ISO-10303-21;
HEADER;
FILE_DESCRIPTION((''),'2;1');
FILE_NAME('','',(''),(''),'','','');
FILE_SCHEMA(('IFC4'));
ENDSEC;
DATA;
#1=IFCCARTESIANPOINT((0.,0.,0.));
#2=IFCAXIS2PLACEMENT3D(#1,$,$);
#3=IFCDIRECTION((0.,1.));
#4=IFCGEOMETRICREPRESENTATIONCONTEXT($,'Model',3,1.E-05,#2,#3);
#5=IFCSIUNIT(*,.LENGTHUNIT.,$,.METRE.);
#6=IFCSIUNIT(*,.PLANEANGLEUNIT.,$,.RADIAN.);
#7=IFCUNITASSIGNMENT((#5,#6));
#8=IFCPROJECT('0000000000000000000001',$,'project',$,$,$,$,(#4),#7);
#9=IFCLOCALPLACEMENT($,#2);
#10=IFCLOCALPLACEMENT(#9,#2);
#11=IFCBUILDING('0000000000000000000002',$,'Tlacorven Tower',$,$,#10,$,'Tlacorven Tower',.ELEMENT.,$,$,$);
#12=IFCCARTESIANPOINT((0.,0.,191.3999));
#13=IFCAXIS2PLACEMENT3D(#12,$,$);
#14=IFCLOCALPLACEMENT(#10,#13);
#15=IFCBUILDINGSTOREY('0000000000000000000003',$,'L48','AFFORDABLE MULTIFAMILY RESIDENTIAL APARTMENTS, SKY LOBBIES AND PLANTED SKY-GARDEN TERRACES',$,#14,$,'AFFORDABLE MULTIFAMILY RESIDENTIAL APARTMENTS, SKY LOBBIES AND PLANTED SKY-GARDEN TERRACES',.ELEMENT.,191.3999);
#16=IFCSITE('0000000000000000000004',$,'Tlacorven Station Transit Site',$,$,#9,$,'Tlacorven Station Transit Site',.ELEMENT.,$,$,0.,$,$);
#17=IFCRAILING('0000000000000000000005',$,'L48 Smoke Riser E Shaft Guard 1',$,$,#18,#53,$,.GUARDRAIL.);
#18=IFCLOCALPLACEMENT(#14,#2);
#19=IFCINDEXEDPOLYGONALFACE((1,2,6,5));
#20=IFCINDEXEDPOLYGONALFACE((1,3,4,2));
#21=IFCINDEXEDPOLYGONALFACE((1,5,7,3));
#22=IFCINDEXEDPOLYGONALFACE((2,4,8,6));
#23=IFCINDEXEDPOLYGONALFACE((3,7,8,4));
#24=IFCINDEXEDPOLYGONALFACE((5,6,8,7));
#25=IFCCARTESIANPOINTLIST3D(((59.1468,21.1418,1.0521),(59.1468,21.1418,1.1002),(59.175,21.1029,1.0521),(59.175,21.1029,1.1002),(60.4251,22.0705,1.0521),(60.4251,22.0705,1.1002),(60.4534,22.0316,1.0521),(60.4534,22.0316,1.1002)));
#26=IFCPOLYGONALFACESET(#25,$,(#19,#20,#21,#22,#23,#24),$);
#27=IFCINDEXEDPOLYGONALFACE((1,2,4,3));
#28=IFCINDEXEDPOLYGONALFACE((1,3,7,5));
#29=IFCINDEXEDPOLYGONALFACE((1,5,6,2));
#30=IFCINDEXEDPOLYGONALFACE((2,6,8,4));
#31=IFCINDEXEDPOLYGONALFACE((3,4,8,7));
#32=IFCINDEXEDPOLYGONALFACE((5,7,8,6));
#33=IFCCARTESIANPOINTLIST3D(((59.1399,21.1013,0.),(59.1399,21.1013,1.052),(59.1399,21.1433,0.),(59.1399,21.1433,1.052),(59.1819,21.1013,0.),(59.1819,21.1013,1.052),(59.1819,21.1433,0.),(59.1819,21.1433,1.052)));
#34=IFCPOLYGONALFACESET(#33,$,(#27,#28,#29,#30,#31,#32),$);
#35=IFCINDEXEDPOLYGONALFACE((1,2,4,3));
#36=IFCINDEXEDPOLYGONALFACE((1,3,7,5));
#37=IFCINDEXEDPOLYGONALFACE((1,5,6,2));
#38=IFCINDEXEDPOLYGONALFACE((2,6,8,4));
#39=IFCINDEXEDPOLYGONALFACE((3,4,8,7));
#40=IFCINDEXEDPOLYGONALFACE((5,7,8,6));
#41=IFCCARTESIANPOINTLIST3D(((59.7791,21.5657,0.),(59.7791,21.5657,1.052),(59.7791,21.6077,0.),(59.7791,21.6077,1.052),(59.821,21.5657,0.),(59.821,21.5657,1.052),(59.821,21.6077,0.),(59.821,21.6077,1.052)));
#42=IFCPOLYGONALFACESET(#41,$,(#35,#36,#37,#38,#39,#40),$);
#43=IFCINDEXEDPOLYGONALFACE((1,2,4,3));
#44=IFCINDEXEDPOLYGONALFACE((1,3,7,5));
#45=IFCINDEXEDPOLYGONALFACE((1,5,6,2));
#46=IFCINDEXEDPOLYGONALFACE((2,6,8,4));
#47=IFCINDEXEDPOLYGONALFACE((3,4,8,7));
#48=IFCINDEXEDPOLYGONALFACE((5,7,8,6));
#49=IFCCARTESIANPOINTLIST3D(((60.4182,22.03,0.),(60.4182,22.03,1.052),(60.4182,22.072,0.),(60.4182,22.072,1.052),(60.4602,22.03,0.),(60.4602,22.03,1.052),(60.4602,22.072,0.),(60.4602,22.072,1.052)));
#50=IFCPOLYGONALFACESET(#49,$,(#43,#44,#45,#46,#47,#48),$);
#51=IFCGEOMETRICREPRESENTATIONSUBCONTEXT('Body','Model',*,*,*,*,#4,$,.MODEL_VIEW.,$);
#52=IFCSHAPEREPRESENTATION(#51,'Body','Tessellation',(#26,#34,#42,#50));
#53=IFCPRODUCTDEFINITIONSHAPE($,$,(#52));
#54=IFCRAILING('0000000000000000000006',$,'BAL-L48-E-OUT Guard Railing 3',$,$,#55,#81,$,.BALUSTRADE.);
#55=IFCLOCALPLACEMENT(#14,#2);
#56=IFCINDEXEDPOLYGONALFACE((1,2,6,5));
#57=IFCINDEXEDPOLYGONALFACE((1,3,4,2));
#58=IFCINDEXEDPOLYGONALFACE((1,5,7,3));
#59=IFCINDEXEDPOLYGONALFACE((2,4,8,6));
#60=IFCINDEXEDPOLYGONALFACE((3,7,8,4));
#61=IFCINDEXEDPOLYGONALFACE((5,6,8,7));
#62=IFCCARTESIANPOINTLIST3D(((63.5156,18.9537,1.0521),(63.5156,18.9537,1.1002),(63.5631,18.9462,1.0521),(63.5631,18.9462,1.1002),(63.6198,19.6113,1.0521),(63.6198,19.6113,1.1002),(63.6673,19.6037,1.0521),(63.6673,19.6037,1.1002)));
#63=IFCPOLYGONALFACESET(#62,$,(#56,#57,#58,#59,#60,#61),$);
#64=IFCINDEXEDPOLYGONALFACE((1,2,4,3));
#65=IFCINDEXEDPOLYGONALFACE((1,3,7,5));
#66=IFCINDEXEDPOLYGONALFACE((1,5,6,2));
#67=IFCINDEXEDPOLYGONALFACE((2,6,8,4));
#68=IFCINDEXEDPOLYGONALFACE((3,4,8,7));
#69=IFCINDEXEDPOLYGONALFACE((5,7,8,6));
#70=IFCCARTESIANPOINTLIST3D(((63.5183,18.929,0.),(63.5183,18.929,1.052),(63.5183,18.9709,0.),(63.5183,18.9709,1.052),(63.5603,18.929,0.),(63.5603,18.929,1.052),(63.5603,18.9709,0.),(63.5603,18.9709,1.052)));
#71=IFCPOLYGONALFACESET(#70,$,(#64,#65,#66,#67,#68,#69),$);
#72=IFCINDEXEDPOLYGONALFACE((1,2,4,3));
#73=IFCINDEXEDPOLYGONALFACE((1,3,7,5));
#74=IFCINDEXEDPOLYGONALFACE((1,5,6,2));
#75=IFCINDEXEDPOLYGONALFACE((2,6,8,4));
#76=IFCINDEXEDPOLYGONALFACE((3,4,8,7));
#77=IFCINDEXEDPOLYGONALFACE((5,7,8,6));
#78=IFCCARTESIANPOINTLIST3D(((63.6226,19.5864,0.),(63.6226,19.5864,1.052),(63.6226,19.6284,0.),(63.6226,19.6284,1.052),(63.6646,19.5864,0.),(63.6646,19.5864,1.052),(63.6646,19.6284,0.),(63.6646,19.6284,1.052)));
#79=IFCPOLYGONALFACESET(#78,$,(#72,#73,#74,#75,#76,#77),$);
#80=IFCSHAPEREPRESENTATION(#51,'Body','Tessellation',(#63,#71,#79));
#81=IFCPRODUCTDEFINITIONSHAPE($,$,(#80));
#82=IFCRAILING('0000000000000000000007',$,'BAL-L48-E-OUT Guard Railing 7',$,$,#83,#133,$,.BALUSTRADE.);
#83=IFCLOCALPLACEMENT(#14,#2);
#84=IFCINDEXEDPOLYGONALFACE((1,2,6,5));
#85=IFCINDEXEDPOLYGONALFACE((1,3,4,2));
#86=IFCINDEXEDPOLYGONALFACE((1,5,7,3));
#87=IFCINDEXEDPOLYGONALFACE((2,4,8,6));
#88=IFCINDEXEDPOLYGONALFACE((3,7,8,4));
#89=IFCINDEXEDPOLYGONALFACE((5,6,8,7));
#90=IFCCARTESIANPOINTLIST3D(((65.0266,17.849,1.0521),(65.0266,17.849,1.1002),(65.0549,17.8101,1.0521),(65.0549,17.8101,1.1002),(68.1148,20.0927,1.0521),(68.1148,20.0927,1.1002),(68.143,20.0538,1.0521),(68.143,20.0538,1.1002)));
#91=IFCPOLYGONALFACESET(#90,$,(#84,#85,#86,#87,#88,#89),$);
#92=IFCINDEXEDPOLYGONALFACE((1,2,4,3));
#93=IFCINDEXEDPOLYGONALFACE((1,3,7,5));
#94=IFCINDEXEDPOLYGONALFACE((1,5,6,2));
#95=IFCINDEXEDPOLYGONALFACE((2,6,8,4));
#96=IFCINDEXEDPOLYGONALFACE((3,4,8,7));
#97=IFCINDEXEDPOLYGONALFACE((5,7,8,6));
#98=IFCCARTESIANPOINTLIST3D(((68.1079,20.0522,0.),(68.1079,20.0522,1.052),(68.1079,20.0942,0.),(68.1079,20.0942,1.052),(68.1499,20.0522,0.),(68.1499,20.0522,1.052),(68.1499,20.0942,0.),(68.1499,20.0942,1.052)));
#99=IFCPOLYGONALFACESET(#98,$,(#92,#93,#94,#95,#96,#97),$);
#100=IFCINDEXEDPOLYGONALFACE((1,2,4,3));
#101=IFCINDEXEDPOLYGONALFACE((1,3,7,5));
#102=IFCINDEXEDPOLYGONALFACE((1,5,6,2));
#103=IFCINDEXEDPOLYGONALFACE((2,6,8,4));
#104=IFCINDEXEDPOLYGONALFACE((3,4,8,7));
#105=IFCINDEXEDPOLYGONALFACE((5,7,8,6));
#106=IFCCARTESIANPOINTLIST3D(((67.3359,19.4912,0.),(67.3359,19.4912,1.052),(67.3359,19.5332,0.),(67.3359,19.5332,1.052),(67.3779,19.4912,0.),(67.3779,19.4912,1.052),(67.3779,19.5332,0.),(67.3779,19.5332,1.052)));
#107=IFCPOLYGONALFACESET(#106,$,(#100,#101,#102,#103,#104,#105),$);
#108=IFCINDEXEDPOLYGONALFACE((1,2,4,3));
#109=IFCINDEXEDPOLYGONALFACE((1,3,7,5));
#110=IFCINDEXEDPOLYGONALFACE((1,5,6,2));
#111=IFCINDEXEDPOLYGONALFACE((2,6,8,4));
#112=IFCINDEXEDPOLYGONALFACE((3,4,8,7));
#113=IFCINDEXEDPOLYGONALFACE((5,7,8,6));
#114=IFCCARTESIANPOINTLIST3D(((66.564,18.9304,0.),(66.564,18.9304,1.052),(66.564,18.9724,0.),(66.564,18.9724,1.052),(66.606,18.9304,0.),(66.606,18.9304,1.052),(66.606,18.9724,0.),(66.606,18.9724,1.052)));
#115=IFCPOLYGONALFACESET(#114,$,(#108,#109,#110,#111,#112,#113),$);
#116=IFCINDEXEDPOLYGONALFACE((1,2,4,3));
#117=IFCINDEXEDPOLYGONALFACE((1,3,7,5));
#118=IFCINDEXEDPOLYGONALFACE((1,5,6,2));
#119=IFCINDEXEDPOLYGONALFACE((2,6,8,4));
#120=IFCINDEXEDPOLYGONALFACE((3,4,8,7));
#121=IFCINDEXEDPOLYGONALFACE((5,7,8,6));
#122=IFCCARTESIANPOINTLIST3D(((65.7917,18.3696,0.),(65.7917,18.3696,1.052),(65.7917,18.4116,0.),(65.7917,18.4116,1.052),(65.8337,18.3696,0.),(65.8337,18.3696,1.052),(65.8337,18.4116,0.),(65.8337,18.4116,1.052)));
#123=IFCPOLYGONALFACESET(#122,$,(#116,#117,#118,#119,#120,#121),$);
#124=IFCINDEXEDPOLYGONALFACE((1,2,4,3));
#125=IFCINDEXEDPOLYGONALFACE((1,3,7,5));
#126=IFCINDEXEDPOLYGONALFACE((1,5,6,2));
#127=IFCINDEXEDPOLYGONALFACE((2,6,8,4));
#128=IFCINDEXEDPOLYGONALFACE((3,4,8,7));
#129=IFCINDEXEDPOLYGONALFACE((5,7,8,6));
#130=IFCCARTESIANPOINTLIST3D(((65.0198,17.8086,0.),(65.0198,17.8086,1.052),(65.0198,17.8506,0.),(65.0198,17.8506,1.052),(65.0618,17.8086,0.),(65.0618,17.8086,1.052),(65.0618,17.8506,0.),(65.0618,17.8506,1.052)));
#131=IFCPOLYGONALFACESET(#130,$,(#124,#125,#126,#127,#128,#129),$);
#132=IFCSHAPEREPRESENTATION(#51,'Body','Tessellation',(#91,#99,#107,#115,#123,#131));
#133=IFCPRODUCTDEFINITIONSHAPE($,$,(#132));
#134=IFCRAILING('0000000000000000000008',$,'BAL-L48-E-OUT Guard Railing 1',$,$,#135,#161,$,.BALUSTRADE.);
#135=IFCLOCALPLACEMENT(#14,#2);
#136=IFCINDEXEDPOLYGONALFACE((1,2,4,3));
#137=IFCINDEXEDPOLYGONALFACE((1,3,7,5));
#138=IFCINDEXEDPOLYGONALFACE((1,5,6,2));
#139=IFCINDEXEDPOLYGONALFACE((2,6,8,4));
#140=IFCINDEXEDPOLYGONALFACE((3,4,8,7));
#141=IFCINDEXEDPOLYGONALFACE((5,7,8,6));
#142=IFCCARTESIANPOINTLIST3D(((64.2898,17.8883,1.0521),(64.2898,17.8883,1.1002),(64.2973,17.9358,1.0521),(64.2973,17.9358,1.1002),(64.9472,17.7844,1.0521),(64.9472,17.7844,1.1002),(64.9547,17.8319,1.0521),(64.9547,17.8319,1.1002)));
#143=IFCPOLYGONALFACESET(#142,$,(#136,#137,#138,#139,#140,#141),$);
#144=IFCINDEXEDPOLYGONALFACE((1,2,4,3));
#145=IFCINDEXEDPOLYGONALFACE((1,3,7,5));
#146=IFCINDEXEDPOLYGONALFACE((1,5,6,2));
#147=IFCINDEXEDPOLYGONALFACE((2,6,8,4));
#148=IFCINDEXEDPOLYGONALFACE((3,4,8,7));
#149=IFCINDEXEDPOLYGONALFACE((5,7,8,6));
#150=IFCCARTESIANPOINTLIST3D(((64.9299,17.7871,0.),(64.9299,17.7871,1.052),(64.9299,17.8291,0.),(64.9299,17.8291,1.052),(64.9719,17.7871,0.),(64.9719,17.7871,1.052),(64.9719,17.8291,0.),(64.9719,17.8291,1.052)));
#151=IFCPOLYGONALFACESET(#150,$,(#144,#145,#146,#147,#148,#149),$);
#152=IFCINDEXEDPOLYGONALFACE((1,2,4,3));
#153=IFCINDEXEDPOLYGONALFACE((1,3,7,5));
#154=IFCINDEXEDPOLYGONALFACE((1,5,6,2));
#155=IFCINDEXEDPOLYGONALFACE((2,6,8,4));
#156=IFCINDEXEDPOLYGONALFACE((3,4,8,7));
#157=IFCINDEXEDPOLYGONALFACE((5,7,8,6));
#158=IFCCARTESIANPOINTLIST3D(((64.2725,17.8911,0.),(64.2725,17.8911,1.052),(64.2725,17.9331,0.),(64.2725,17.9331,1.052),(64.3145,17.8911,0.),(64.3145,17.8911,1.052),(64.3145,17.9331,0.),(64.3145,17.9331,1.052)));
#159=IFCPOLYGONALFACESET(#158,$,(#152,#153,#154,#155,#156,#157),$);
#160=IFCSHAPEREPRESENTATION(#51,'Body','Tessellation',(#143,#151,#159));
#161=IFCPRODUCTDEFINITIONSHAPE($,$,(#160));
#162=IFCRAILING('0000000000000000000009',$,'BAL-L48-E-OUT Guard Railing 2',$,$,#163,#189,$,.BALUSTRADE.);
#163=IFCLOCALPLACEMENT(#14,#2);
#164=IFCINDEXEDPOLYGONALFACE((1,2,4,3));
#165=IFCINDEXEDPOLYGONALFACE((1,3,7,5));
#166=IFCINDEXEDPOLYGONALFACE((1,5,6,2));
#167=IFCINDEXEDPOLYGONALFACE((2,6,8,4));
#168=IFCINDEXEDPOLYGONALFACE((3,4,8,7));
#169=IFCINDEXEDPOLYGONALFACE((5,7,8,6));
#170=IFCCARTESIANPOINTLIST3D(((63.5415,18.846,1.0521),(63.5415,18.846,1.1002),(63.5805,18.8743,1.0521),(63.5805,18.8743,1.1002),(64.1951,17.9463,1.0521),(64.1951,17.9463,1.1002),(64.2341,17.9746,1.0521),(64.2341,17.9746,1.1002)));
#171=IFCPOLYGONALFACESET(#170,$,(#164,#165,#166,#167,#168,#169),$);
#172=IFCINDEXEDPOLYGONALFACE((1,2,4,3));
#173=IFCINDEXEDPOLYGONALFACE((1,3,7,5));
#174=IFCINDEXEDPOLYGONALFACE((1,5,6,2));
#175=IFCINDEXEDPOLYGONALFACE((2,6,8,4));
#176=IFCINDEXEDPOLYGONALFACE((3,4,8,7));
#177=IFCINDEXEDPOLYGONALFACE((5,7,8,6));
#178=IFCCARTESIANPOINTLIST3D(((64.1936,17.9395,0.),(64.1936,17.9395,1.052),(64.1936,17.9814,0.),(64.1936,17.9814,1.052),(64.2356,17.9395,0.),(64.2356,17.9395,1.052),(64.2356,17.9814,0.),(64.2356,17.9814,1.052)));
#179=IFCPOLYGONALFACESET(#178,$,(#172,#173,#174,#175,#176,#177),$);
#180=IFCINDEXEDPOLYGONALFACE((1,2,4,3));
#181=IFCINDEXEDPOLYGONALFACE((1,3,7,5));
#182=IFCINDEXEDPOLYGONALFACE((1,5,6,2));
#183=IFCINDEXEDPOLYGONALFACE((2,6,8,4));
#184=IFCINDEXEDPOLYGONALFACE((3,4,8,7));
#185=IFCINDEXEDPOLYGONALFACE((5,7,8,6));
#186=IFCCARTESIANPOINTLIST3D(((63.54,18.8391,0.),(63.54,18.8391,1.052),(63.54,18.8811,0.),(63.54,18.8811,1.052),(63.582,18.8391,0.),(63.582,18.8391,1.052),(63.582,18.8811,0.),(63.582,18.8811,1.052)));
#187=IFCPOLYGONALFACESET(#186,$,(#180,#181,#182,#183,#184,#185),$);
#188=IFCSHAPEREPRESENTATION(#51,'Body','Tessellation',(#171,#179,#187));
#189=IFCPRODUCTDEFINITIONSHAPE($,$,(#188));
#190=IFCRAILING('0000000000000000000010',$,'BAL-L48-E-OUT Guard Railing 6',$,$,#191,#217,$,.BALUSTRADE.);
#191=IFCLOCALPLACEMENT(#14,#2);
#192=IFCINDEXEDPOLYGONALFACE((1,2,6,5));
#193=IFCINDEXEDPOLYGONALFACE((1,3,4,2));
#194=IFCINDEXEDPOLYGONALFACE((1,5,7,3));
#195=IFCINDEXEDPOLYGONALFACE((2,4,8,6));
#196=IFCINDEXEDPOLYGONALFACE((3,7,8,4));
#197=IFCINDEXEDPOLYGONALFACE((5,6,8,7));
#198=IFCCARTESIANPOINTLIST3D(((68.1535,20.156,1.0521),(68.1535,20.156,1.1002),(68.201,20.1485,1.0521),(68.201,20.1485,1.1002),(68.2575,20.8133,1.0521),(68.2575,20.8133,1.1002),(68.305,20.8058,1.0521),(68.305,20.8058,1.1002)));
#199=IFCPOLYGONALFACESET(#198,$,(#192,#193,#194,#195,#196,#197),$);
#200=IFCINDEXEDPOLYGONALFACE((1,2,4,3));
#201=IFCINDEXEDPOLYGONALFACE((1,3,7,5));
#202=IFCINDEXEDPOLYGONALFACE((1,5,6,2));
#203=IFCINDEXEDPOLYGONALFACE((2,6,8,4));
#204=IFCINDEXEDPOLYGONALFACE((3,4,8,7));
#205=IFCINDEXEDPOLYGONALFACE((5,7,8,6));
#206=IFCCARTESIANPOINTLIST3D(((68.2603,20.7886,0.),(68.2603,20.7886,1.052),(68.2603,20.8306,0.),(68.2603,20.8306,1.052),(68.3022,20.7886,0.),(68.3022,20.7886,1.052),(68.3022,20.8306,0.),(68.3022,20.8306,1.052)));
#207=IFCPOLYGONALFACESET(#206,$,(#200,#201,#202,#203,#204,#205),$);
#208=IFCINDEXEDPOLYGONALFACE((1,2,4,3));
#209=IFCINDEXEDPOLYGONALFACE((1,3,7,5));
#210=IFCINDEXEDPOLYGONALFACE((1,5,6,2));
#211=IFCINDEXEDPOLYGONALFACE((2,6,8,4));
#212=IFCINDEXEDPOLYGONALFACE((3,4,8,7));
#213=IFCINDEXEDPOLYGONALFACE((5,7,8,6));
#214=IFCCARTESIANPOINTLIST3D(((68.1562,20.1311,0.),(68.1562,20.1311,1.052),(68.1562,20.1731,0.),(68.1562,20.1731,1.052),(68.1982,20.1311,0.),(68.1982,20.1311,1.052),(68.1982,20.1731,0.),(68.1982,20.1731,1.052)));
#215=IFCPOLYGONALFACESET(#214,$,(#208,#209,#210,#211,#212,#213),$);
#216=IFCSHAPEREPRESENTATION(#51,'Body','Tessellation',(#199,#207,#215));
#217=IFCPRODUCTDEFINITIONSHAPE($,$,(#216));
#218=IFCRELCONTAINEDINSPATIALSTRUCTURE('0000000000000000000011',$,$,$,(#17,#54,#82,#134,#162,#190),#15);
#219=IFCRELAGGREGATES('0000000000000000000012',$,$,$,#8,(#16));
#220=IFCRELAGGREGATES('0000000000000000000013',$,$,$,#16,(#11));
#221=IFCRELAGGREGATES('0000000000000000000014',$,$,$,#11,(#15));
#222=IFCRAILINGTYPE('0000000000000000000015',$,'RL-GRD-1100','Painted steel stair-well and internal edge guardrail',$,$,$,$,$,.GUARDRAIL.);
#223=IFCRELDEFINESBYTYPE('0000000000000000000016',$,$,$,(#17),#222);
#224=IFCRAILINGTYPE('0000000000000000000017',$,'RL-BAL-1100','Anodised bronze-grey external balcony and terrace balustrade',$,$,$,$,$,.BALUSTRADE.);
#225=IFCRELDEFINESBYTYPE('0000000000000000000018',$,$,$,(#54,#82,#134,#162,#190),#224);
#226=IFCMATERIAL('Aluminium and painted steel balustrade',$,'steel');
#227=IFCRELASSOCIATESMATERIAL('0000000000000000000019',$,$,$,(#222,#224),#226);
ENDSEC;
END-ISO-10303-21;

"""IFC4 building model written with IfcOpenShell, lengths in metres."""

from ifc_helpers import new_model, si_unit, direction, frame, origin, origin_2d, place, context, subcontext, project, spatial, rectangle, extrude, source, transform, mapped, material, type_object, element, save


model = new_model("IFC4")

# Units and contexts
model_context = context("Model", 3, precision=1e-05, world=origin(), true_north=direction((0.0, 1.0)))
body_context = subcontext(model_context, "Body", "Model", "MODEL_VIEW")
ifc_project = project(units=[si_unit("LENGTHUNIT", "METRE"), si_unit("PLANEANGLEUNIT", "RADIAN")], contexts=[model_context])

# Site, building, storey
site_placement = place(None, origin())
site = spatial("IfcSite", under=ifc_project, at=site_placement, Name="Tlacorven Station Transit Site", LongName="Tlacorven Station Transit Site", CompositionType="ELEMENT", RefElevation=0.0)
building_placement = place(site_placement, origin())
building = spatial("IfcBuilding", under=site, at=building_placement, Name="Tlacorven Tower", LongName="Tlacorven Tower", CompositionType="ELEMENT")
storey_placement = place(building_placement, frame((0.0, 0.0, 191.3999)))
storey = spatial("IfcBuildingStorey", under=building, at=storey_placement, Name="L48", Description="AFFORDABLE MULTIFAMILY RESIDENTIAL APARTMENTS, SKY LOBBIES AND PLANTED SKY-GARDEN TERRACES", LongName="AFFORDABLE MULTIFAMILY RESIDENTIAL APARTMENTS, SKY LOBBIES AND PLANTED SKY-GARDEN TERRACES", CompositionType="ELEMENT", Elevation=191.3999)

# Railings
ifc_material_1 = material(Name="Aluminium and painted steel balustrade", Category="steel")
railing_type_1 = type_object("IfcRailingType", Name="RL-GRD-1100", Description="Painted steel stair-well and internal edge guardrail", PredefinedType="GUARDRAIL", material=ifc_material_1)
shared_shape_1 = source(origin(), body_context, "Body", "SweptSolid", [
    extrude(rectangle(XDim=0.0481, YDim=0.0481, at=origin_2d()), frame((0.0, 0.0, 1.0762), z_axis=(0.80903, 0.587767, 0.0), x_axis=(-0.587767, 0.80903, 0.0)), (0.0, 0.0, 1.0), 1.5801),
    extrude(rectangle(XDim=0.042, YDim=0.042, at=origin_2d()), origin(), (0.0, 0.0, 1.0), 1.052),
    extrude(rectangle(XDim=0.042, YDim=0.042, at=origin_2d()), frame((0.6392, 0.4644, 0.0)), (0.0, 0.0, 1.0), 1.052),
    extrude(rectangle(XDim=0.042, YDim=0.042, at=origin_2d()), frame((1.2783, 0.9287, 0.0)), (0.0, 0.0, 1.0), 1.052),
])
railing_1_placement = place(storey_placement, frame((59.1609, 21.1223, 0.0)))
element("IfcRailing", 1, at=railing_1_placement, inside=storey, type_object=railing_type_1, Name="L48 Smoke Riser E Shaft Guard 1", PredefinedType="GUARDRAIL", context=body_context, shape_type="MappedRepresentation", body=[
    mapped(shared_shape_1, transform((0.0, 0.0, 0.0), scale=1.0)),
])
railing_type_2 = type_object("IfcRailingType", Name="RL-BAL-1100", Description="Anodised bronze-grey external balcony and terrace balustrade", PredefinedType="BALUSTRADE", material=ifc_material_1)
shared_shape_2 = source(origin(), body_context, "Body", "SweptSolid", [
    extrude(rectangle(XDim=0.0481, YDim=0.0481, at=origin_2d()), frame((0.0, 0.0, 1.0762), z_axis=(0.156603, 0.987662, 0.0), x_axis=(-0.987662, 0.156603, 0.0)), (0.0, 0.0, 1.0), 0.6658),
    extrude(rectangle(XDim=0.042, YDim=0.042, at=origin_2d()), origin(), (0.0, 0.0, 1.0), 1.052),
    extrude(rectangle(XDim=0.042, YDim=0.042, at=origin_2d()), frame((0.1042, 0.6575, 0.0)), (0.0, 0.0, 1.0), 1.052),
])
railing_2_placement = place(storey_placement, frame((63.5393, 18.95, 0.0)))
element("IfcRailing", 2, at=railing_2_placement, inside=storey, type_object=railing_type_2, Name="BAL-L48-E-OUT Guard Railing 3", PredefinedType="BALUSTRADE", context=body_context, shape_type="MappedRepresentation", body=[
    mapped(shared_shape_2, transform((0.0, 0.0, 0.0), scale=1.0)),
])
shared_shape_3 = source(origin(), body_context, "Body", "SweptSolid", [
    extrude(rectangle(XDim=0.0481, YDim=0.0481, at=origin_2d()), frame((0.0, 0.0, 1.0762), z_axis=(-0.809018, -0.587784, 0.0), x_axis=(0.587784, -0.809018, 0.0)), (0.0, 0.0, 1.0), 3.8171),
    extrude(rectangle(XDim=0.042, YDim=0.042, at=origin_2d()), origin(), (0.0, 0.0, 1.0), 1.052),
    extrude(rectangle(XDim=0.042, YDim=0.042, at=origin_2d()), frame((-0.772, -0.561, 0.0)), (0.0, 0.0, 1.0), 1.052),
    extrude(rectangle(XDim=0.042, YDim=0.042, at=origin_2d()), frame((-1.5439, -1.1218, 0.0)), (0.0, 0.0, 1.0), 1.052),
    extrude(rectangle(XDim=0.042, YDim=0.042, at=origin_2d()), frame((-2.3162, -1.6826, 0.0)), (0.0, 0.0, 1.0), 1.052),
    extrude(rectangle(XDim=0.042, YDim=0.042, at=origin_2d()), frame((-3.0881, -2.2437, 0.0)), (0.0, 0.0, 1.0), 1.052),
])
railing_3_placement = place(storey_placement, frame((68.1289, 20.0732, 0.0)))
element("IfcRailing", 3, at=railing_3_placement, inside=storey, type_object=railing_type_2, Name="BAL-L48-E-OUT Guard Railing 7", PredefinedType="BALUSTRADE", context=body_context, shape_type="MappedRepresentation", body=[
    mapped(shared_shape_3, transform((0.0, 0.0, 0.0), scale=1.0)),
])
shared_shape_4 = source(origin(), body_context, "Body", "SweptSolid", [
    extrude(rectangle(XDim=0.0481, YDim=0.0481, at=origin_2d()), frame((0.0, 0.0, 1.0762), z_axis=(-0.987718, 0.156245, 0.0), x_axis=(-0.156245, -0.987718, 0.0)), (0.0, 0.0, 1.0), 0.6655),
    extrude(rectangle(XDim=0.042, YDim=0.042, at=origin_2d()), origin(), (0.0, 0.0, 1.0), 1.052),
    extrude(rectangle(XDim=0.042, YDim=0.042, at=origin_2d()), frame((-0.6575, 0.104, 0.0)), (0.0, 0.0, 1.0), 1.052),
])
railing_4_placement = place(storey_placement, frame((64.9509, 17.8081, 0.0)))
element("IfcRailing", 4, at=railing_4_placement, inside=storey, type_object=railing_type_2, Name="BAL-L48-E-OUT Guard Railing 1", PredefinedType="BALUSTRADE", context=body_context, shape_type="MappedRepresentation", body=[
    mapped(shared_shape_4, transform((0.0, 0.0, 0.0), scale=1.0)),
])
shared_shape_5 = source(origin(), body_context, "Body", "SweptSolid", [
    extrude(rectangle(XDim=0.0481, YDim=0.0481, at=origin_2d()), frame((0.0, 0.0, 1.0762), z_axis=(-0.587741, 0.809049, 0.0), x_axis=(-0.809049, -0.587741, 0.0)), (0.0, 0.0, 1.0), 1.1121),
    extrude(rectangle(XDim=0.042, YDim=0.042, at=origin_2d()), origin(), (0.0, 0.0, 1.0), 1.052),
    extrude(rectangle(XDim=0.042, YDim=0.042, at=origin_2d()), frame((-0.6536, 0.8997, 0.0)), (0.0, 0.0, 1.0), 1.052),
])
railing_5_placement = place(storey_placement, frame((64.2146, 17.9604, 0.0)))
element("IfcRailing", 5, at=railing_5_placement, inside=storey, type_object=railing_type_2, Name="BAL-L48-E-OUT Guard Railing 2", PredefinedType="BALUSTRADE", context=body_context, shape_type="MappedRepresentation", body=[
    mapped(shared_shape_5, transform((0.0, 0.0, 0.0), scale=1.0)),
])
shared_shape_6 = source(origin(), body_context, "Body", "SweptSolid", [
    extrude(rectangle(XDim=0.0481, YDim=0.0481, at=origin_2d()), frame((0.0, 0.0, 1.0762), z_axis=(-0.156245, -0.987718, 0.0), x_axis=(0.987718, -0.156245, 0.0)), (0.0, 0.0, 1.0), 0.6655),
    extrude(rectangle(XDim=0.042, YDim=0.042, at=origin_2d()), origin(), (0.0, 0.0, 1.0), 1.052),
    extrude(rectangle(XDim=0.042, YDim=0.042, at=origin_2d()), frame((-0.104, -0.6575, 0.0)), (0.0, 0.0, 1.0), 1.052),
])
railing_6_placement = place(storey_placement, frame((68.2812, 20.8096, 0.0)))
element("IfcRailing", 6, at=railing_6_placement, inside=storey, type_object=railing_type_2, Name="BAL-L48-E-OUT Guard Railing 6", PredefinedType="BALUSTRADE", context=body_context, shape_type="MappedRepresentation", body=[
    mapped(shared_shape_6, transform((0.0, 0.0, 0.0), scale=1.0)),
])

save(model, "model.ifc")
